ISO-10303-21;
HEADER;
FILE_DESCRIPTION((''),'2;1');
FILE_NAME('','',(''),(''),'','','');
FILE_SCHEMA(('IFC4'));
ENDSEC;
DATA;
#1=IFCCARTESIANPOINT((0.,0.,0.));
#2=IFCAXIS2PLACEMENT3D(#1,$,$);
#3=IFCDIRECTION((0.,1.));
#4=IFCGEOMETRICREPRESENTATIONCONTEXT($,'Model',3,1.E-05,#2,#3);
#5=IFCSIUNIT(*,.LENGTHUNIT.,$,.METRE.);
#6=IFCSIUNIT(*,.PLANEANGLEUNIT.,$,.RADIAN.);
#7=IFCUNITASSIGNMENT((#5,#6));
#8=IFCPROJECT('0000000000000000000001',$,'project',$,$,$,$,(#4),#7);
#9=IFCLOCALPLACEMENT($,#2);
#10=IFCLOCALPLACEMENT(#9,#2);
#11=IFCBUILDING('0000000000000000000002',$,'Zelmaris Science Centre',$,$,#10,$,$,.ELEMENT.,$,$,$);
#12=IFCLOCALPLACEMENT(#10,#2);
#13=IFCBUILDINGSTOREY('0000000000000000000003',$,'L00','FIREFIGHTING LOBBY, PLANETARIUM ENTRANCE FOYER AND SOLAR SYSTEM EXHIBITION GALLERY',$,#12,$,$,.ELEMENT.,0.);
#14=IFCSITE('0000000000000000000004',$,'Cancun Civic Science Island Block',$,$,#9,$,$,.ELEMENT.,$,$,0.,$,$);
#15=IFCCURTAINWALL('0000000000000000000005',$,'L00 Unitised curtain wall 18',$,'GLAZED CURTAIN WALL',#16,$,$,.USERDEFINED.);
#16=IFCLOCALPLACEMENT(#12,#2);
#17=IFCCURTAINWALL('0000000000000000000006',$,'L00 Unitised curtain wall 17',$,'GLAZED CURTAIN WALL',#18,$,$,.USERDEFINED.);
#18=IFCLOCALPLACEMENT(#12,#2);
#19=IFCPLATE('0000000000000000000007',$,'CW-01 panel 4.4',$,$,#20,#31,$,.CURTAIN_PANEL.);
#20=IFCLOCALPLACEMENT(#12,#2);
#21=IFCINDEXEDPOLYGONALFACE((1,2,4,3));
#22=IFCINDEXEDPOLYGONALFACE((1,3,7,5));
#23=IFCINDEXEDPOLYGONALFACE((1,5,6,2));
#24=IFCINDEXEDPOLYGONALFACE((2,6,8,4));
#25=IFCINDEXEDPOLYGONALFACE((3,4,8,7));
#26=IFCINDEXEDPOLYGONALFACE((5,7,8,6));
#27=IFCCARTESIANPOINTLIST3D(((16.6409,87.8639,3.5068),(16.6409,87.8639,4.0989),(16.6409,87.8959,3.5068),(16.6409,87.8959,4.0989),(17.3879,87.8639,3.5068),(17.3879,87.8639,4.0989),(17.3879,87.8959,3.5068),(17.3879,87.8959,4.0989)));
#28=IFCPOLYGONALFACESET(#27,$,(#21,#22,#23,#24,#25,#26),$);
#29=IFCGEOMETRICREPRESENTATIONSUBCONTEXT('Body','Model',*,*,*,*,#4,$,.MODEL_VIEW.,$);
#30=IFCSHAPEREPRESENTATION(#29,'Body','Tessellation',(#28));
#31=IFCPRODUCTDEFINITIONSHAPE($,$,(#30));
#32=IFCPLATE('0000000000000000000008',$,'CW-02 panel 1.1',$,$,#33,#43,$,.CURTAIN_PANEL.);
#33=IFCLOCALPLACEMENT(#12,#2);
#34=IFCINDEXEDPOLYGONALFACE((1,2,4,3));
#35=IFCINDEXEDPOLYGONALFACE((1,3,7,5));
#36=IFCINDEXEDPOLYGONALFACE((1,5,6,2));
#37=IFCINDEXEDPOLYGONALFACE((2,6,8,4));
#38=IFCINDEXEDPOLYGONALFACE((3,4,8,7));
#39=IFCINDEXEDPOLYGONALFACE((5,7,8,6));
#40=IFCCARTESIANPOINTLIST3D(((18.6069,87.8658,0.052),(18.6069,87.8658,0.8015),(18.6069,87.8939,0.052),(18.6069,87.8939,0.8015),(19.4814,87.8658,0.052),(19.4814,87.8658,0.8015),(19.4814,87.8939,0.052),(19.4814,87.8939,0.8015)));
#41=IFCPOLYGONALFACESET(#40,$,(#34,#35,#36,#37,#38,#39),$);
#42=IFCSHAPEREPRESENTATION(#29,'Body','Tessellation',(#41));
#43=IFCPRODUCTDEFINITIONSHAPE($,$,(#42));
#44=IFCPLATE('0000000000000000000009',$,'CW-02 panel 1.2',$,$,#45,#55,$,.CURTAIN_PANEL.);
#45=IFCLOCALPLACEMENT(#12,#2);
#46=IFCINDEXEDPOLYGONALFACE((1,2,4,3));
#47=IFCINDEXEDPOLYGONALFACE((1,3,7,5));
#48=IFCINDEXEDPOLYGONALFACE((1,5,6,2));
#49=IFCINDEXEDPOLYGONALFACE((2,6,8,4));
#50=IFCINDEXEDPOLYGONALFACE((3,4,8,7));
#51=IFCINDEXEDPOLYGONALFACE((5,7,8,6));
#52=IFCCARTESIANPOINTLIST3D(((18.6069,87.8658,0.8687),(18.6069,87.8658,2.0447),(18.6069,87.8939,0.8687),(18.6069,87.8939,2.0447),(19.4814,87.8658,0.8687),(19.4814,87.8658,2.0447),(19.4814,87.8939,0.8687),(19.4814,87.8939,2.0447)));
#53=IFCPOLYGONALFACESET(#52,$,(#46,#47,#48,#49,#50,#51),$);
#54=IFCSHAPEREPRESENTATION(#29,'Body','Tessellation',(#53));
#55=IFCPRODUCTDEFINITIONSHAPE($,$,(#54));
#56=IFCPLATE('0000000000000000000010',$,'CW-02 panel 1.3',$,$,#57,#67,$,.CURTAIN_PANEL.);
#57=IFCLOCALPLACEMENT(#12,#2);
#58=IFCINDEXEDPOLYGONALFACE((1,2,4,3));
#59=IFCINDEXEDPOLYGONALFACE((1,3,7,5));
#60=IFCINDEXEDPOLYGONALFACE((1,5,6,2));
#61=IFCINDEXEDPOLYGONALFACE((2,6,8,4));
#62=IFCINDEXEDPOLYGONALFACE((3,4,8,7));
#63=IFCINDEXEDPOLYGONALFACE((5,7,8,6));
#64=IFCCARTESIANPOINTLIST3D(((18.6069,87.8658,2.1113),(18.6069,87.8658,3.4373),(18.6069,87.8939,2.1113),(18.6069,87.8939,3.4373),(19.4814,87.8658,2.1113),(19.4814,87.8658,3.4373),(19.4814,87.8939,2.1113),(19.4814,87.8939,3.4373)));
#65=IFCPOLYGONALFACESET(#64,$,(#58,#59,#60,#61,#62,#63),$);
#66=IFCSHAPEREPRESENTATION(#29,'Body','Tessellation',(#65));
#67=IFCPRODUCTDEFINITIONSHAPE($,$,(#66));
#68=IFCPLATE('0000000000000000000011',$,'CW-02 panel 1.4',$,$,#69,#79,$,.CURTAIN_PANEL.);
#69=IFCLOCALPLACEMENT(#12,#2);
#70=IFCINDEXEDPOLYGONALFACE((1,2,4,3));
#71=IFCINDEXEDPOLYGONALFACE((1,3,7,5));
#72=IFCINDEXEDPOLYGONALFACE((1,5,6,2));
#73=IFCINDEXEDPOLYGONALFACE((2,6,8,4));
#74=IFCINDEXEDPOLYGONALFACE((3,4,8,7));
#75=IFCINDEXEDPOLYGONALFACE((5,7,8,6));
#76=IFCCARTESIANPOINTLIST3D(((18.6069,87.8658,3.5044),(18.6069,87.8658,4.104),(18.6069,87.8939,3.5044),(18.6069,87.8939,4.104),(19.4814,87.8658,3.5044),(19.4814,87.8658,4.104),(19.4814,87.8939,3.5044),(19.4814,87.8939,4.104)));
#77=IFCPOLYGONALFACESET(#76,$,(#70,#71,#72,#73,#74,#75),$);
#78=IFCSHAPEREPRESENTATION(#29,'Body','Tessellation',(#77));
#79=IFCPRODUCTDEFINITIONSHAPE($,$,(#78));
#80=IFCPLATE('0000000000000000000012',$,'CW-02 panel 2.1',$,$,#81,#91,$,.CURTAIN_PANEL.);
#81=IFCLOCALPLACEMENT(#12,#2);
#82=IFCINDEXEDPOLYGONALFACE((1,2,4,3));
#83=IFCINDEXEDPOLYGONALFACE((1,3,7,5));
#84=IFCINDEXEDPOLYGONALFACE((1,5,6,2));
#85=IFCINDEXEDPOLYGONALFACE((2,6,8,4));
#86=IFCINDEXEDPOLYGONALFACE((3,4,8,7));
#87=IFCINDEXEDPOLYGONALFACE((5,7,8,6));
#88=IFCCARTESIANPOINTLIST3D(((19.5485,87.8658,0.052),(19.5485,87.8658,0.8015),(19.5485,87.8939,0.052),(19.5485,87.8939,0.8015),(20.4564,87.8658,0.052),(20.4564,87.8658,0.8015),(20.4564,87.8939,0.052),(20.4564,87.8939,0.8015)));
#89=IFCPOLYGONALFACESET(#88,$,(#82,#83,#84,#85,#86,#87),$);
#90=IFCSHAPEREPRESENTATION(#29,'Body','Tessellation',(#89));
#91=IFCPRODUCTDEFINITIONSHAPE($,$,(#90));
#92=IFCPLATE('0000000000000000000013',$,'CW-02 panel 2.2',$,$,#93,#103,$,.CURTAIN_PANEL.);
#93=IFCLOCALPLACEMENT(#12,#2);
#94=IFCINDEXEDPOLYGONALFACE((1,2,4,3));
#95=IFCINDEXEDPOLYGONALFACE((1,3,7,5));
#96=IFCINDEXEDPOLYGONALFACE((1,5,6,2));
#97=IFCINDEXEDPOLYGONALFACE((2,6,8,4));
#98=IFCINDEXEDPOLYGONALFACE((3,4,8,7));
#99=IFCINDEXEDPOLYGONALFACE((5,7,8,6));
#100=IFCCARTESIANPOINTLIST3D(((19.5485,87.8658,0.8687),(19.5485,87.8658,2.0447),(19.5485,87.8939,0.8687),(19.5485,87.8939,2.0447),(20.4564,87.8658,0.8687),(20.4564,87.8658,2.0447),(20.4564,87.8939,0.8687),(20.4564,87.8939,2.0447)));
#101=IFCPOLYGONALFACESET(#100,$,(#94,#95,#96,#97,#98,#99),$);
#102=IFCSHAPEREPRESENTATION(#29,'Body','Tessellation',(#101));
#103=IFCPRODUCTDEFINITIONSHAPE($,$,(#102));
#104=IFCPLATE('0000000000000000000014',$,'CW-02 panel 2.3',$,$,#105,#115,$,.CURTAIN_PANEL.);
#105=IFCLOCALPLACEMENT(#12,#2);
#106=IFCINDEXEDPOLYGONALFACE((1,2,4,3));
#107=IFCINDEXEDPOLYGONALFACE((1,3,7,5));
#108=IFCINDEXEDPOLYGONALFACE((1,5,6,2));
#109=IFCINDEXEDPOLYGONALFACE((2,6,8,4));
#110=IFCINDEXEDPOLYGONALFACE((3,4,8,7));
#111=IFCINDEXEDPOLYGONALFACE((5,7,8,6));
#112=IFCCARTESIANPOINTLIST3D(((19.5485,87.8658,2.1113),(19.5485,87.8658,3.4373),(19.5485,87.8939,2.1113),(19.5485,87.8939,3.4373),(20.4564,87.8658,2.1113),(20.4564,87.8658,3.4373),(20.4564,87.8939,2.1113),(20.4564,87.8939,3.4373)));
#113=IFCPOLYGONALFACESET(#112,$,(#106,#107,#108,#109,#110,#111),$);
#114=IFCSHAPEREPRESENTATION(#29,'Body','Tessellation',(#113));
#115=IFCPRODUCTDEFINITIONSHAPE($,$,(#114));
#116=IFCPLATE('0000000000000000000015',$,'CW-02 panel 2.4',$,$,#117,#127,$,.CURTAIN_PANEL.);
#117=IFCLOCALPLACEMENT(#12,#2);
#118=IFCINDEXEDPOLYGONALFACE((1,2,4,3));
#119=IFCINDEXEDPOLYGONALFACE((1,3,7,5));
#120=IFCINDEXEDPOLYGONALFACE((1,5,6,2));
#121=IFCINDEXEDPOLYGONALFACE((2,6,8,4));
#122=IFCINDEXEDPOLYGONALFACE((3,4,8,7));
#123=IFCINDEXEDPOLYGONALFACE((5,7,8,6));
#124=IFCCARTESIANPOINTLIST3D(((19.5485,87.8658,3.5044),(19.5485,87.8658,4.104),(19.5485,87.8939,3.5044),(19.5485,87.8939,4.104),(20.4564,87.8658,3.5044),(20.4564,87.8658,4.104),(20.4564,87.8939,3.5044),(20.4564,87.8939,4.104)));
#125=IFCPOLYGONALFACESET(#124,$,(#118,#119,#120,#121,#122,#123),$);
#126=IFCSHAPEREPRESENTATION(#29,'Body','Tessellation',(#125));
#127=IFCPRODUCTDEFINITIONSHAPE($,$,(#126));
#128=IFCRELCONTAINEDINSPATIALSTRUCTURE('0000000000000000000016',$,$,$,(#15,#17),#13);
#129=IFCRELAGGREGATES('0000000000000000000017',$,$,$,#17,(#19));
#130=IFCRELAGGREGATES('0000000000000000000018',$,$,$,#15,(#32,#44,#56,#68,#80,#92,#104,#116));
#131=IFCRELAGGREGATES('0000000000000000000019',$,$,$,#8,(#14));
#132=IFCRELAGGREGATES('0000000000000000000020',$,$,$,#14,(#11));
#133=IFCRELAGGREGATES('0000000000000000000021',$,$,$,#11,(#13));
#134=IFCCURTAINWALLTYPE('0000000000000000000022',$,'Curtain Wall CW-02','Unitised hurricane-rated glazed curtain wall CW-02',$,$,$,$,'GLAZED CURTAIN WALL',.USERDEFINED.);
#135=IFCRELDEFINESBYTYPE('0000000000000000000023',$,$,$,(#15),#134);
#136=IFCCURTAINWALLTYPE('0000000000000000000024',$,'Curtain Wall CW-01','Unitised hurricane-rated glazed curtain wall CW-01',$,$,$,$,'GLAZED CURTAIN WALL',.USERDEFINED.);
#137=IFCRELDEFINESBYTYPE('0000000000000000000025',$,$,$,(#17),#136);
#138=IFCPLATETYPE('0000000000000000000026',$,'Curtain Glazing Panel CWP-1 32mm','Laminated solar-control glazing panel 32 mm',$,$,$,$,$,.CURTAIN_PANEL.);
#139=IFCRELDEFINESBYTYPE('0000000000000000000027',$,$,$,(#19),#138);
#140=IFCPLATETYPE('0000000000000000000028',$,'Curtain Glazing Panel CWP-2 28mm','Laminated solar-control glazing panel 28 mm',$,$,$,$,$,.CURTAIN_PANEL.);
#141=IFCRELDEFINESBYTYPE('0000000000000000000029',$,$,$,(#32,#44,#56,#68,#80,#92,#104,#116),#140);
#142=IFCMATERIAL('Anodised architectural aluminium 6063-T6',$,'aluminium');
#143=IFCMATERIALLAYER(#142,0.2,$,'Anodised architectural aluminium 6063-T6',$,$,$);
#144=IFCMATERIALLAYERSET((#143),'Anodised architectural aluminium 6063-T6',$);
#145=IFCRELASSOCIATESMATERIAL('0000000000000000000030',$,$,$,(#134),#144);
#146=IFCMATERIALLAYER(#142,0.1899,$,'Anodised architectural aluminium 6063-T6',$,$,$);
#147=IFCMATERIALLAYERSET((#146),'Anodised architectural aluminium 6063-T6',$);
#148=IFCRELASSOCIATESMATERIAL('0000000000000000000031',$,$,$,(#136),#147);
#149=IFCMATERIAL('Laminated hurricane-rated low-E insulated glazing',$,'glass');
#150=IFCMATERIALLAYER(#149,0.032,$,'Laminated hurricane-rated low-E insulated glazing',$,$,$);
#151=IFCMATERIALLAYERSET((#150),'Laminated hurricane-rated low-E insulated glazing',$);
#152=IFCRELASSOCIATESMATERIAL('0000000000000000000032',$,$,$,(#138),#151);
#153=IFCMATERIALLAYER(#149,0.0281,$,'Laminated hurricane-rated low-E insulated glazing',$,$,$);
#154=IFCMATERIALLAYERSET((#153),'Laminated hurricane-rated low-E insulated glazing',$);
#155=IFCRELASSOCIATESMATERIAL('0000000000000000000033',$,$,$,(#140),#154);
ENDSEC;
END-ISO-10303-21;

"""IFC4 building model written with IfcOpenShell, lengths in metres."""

from ifc_helpers import new_model, si_unit, direction, frame, origin, origin_2d, place, context, subcontext, project, spatial, rectangle, extrude, material, layer, layer_set, type_object, element, aggregate, save


model = new_model("IFC4")

# Units and contexts
model_context = context("Model", 3, precision=1e-05, world=origin(), true_north=direction((0.0, 1.0)))
body_context = subcontext(model_context, "Body", "Model", "MODEL_VIEW")
ifc_project = project(units=[si_unit("LENGTHUNIT", "METRE"), si_unit("PLANEANGLEUNIT", "RADIAN")], contexts=[model_context])

# Site, building, storey
site_placement = place(None, origin())
site = spatial("IfcSite", under=ifc_project, at=site_placement, Name="Cancun Civic Science Island Block", CompositionType="ELEMENT", RefElevation=0.0)
building_placement = place(site_placement, origin())
building = spatial("IfcBuilding", under=site, at=building_placement, Name="Zelmaris Science Centre", CompositionType="ELEMENT")
storey_placement = place(building_placement, origin())
storey = spatial("IfcBuildingStorey", under=building, at=storey_placement, Name="L00", Description="FIREFIGHTING LOBBY, PLANETARIUM ENTRANCE FOYER AND SOLAR SYSTEM EXHIBITION GALLERY", CompositionType="ELEMENT", Elevation=0.0)

# Curtain wall
ifc_material_1 = material(Name="Anodised architectural aluminium 6063-T6", Category="aluminium")
ifc_layer_1 = layer(ifc_material_1, 0.2, Name="Anodised architectural aluminium 6063-T6")
ifc_layer_set_1 = layer_set([ifc_layer_1], Name="Anodised architectural aluminium 6063-T6")
curtain_wall_type_1 = type_object("IfcCurtainWallType", Name="Curtain Wall CW-02", Description="Unitised hurricane-rated glazed curtain wall CW-02", ElementType="GLAZED CURTAIN WALL", PredefinedType="USERDEFINED", material=ifc_layer_set_1)
curtain_wall_1_placement = place(storey_placement, origin())
curtain_wall_1 = element("IfcCurtainWall", 1, at=curtain_wall_1_placement, inside=storey, type_object=curtain_wall_type_1, Name="L00 Unitised curtain wall 18", ObjectType="GLAZED CURTAIN WALL", PredefinedType="USERDEFINED")

# Curtain wall
ifc_layer_2 = layer(ifc_material_1, 0.1899, Name="Anodised architectural aluminium 6063-T6")
ifc_layer_set_2 = layer_set([ifc_layer_2], Name="Anodised architectural aluminium 6063-T6")
curtain_wall_type_2 = type_object("IfcCurtainWallType", Name="Curtain Wall CW-01", Description="Unitised hurricane-rated glazed curtain wall CW-01", ElementType="GLAZED CURTAIN WALL", PredefinedType="USERDEFINED", material=ifc_layer_set_2)
curtain_wall_2_placement = place(storey_placement, origin())
curtain_wall_2 = element("IfcCurtainWall", 2, at=curtain_wall_2_placement, inside=storey, type_object=curtain_wall_type_2, Name="L00 Unitised curtain wall 17", ObjectType="GLAZED CURTAIN WALL", PredefinedType="USERDEFINED")

# Plates
ifc_material_2 = material(Name="Laminated hurricane-rated low-E insulated glazing", Category="glass")
ifc_layer_3 = layer(ifc_material_2, 0.032, Name="Laminated hurricane-rated low-E insulated glazing")
ifc_layer_set_3 = layer_set([ifc_layer_3], Name="Laminated hurricane-rated low-E insulated glazing")
plate_type_1 = type_object("IfcPlateType", Name="Curtain Glazing Panel CWP-1 32mm", Description="Laminated solar-control glazing panel 32 mm", PredefinedType="CURTAIN_PANEL", material=ifc_layer_set_3)
plate_1_placement = place(storey_placement, frame((17.0144, 87.8799, 3.5068), z_axis=(0.0, 0.0, 1.0), x_axis=(1.0, 0.0, 0.0)))
plate_1 = element("IfcPlate", 3, at=plate_1_placement, type_object=plate_type_1, Name="CW-01 panel 4.4", PredefinedType="CURTAIN_PANEL", context=body_context, shape_type="SweptSolid", body=[
    extrude(rectangle(XDim=0.7471, YDim=0.032, at=origin_2d()), origin(), (0.0, 0.0, 1.0), 0.592),
])
aggregate(curtain_wall_2, [plate_1])
ifc_layer_4 = layer(ifc_material_2, 0.0281, Name="Laminated hurricane-rated low-E insulated glazing")
ifc_layer_set_4 = layer_set([ifc_layer_4], Name="Laminated hurricane-rated low-E insulated glazing")
plate_type_2 = type_object("IfcPlateType", Name="Curtain Glazing Panel CWP-2 28mm", Description="Laminated solar-control glazing panel 28 mm", PredefinedType="CURTAIN_PANEL", material=ifc_layer_set_4)
plate_2_placement = place(storey_placement, frame((19.0442, 87.8799, 0.052), z_axis=(0.0, 0.0, 1.0), x_axis=(1.0, 0.0, 0.0)))
plate_2 = element("IfcPlate", 4, at=plate_2_placement, type_object=plate_type_2, Name="CW-02 panel 1.1", PredefinedType="CURTAIN_PANEL", context=body_context, shape_type="SweptSolid", body=[
    extrude(rectangle(XDim=0.8745, YDim=0.0281, at=origin_2d()), origin(), (0.0, 0.0, 1.0), 0.7495),
])
plate_3_placement = place(storey_placement, frame((19.0442, 87.8799, 0.8687), z_axis=(0.0, 0.0, 1.0), x_axis=(1.0, 0.0, 0.0)))
plate_3 = element("IfcPlate", 5, at=plate_3_placement, type_object=plate_type_2, Name="CW-02 panel 1.2", PredefinedType="CURTAIN_PANEL", context=body_context, shape_type="SweptSolid", body=[
    extrude(rectangle(XDim=0.8745, YDim=0.0281, at=origin_2d()), origin(), (0.0, 0.0, 1.0), 1.176),
])
plate_4_placement = place(storey_placement, frame((19.0442, 87.8799, 2.1113), z_axis=(0.0, 0.0, 1.0), x_axis=(1.0, 0.0, 0.0)))
plate_4 = element("IfcPlate", 6, at=plate_4_placement, type_object=plate_type_2, Name="CW-02 panel 1.3", PredefinedType="CURTAIN_PANEL", context=body_context, shape_type="SweptSolid", body=[
    extrude(rectangle(XDim=0.8745, YDim=0.0281, at=origin_2d()), origin(), (0.0, 0.0, 1.0), 1.3259),
])
plate_5_placement = place(storey_placement, frame((19.0442, 87.8799, 3.5044), z_axis=(0.0, 0.0, 1.0), x_axis=(1.0, 0.0, 0.0)))
plate_5 = element("IfcPlate", 7, at=plate_5_placement, type_object=plate_type_2, Name="CW-02 panel 1.4", PredefinedType="CURTAIN_PANEL", context=body_context, shape_type="SweptSolid", body=[
    extrude(rectangle(XDim=0.8745, YDim=0.0281, at=origin_2d()), origin(), (0.0, 0.0, 1.0), 0.5996),
])
plate_6_placement = place(storey_placement, frame((20.0024, 87.8799, 0.052), z_axis=(0.0, 0.0, 1.0), x_axis=(1.0, 0.0, 0.0)))
plate_6 = element("IfcPlate", 8, at=plate_6_placement, type_object=plate_type_2, Name="CW-02 panel 2.1", PredefinedType="CURTAIN_PANEL", context=body_context, shape_type="SweptSolid", body=[
    extrude(rectangle(XDim=0.908, YDim=0.0281, at=origin_2d()), origin(), (0.0, 0.0, 1.0), 0.7495),
])
plate_7_placement = place(storey_placement, frame((20.0024, 87.8799, 0.8687), z_axis=(0.0, 0.0, 1.0), x_axis=(1.0, 0.0, 0.0)))
plate_7 = element("IfcPlate", 9, at=plate_7_placement, type_object=plate_type_2, Name="CW-02 panel 2.2", PredefinedType="CURTAIN_PANEL", context=body_context, shape_type="SweptSolid", body=[
    extrude(rectangle(XDim=0.908, YDim=0.0281, at=origin_2d()), origin(), (0.0, 0.0, 1.0), 1.176),
])
plate_8_placement = place(storey_placement, frame((20.0024, 87.8799, 2.1113), z_axis=(0.0, 0.0, 1.0), x_axis=(1.0, 0.0, 0.0)))
plate_8 = element("IfcPlate", 10, at=plate_8_placement, type_object=plate_type_2, Name="CW-02 panel 2.3", PredefinedType="CURTAIN_PANEL", context=body_context, shape_type="SweptSolid", body=[
    extrude(rectangle(XDim=0.908, YDim=0.0281, at=origin_2d()), origin(), (0.0, 0.0, 1.0), 1.3259),
])
plate_9_placement = place(storey_placement, frame((20.0024, 87.8799, 3.5044), z_axis=(0.0, 0.0, 1.0), x_axis=(1.0, 0.0, 0.0)))
plate_9 = element("IfcPlate", 11, at=plate_9_placement, type_object=plate_type_2, Name="CW-02 panel 2.4", PredefinedType="CURTAIN_PANEL", context=body_context, shape_type="SweptSolid", body=[
    extrude(rectangle(XDim=0.908, YDim=0.0281, at=origin_2d()), origin(), (0.0, 0.0, 1.0), 0.5996),
])
aggregate(curtain_wall_1, [plate_2, plate_3, plate_4, plate_5, plate_6, plate_7, plate_8, plate_9])

save(model, "model.ifc")
